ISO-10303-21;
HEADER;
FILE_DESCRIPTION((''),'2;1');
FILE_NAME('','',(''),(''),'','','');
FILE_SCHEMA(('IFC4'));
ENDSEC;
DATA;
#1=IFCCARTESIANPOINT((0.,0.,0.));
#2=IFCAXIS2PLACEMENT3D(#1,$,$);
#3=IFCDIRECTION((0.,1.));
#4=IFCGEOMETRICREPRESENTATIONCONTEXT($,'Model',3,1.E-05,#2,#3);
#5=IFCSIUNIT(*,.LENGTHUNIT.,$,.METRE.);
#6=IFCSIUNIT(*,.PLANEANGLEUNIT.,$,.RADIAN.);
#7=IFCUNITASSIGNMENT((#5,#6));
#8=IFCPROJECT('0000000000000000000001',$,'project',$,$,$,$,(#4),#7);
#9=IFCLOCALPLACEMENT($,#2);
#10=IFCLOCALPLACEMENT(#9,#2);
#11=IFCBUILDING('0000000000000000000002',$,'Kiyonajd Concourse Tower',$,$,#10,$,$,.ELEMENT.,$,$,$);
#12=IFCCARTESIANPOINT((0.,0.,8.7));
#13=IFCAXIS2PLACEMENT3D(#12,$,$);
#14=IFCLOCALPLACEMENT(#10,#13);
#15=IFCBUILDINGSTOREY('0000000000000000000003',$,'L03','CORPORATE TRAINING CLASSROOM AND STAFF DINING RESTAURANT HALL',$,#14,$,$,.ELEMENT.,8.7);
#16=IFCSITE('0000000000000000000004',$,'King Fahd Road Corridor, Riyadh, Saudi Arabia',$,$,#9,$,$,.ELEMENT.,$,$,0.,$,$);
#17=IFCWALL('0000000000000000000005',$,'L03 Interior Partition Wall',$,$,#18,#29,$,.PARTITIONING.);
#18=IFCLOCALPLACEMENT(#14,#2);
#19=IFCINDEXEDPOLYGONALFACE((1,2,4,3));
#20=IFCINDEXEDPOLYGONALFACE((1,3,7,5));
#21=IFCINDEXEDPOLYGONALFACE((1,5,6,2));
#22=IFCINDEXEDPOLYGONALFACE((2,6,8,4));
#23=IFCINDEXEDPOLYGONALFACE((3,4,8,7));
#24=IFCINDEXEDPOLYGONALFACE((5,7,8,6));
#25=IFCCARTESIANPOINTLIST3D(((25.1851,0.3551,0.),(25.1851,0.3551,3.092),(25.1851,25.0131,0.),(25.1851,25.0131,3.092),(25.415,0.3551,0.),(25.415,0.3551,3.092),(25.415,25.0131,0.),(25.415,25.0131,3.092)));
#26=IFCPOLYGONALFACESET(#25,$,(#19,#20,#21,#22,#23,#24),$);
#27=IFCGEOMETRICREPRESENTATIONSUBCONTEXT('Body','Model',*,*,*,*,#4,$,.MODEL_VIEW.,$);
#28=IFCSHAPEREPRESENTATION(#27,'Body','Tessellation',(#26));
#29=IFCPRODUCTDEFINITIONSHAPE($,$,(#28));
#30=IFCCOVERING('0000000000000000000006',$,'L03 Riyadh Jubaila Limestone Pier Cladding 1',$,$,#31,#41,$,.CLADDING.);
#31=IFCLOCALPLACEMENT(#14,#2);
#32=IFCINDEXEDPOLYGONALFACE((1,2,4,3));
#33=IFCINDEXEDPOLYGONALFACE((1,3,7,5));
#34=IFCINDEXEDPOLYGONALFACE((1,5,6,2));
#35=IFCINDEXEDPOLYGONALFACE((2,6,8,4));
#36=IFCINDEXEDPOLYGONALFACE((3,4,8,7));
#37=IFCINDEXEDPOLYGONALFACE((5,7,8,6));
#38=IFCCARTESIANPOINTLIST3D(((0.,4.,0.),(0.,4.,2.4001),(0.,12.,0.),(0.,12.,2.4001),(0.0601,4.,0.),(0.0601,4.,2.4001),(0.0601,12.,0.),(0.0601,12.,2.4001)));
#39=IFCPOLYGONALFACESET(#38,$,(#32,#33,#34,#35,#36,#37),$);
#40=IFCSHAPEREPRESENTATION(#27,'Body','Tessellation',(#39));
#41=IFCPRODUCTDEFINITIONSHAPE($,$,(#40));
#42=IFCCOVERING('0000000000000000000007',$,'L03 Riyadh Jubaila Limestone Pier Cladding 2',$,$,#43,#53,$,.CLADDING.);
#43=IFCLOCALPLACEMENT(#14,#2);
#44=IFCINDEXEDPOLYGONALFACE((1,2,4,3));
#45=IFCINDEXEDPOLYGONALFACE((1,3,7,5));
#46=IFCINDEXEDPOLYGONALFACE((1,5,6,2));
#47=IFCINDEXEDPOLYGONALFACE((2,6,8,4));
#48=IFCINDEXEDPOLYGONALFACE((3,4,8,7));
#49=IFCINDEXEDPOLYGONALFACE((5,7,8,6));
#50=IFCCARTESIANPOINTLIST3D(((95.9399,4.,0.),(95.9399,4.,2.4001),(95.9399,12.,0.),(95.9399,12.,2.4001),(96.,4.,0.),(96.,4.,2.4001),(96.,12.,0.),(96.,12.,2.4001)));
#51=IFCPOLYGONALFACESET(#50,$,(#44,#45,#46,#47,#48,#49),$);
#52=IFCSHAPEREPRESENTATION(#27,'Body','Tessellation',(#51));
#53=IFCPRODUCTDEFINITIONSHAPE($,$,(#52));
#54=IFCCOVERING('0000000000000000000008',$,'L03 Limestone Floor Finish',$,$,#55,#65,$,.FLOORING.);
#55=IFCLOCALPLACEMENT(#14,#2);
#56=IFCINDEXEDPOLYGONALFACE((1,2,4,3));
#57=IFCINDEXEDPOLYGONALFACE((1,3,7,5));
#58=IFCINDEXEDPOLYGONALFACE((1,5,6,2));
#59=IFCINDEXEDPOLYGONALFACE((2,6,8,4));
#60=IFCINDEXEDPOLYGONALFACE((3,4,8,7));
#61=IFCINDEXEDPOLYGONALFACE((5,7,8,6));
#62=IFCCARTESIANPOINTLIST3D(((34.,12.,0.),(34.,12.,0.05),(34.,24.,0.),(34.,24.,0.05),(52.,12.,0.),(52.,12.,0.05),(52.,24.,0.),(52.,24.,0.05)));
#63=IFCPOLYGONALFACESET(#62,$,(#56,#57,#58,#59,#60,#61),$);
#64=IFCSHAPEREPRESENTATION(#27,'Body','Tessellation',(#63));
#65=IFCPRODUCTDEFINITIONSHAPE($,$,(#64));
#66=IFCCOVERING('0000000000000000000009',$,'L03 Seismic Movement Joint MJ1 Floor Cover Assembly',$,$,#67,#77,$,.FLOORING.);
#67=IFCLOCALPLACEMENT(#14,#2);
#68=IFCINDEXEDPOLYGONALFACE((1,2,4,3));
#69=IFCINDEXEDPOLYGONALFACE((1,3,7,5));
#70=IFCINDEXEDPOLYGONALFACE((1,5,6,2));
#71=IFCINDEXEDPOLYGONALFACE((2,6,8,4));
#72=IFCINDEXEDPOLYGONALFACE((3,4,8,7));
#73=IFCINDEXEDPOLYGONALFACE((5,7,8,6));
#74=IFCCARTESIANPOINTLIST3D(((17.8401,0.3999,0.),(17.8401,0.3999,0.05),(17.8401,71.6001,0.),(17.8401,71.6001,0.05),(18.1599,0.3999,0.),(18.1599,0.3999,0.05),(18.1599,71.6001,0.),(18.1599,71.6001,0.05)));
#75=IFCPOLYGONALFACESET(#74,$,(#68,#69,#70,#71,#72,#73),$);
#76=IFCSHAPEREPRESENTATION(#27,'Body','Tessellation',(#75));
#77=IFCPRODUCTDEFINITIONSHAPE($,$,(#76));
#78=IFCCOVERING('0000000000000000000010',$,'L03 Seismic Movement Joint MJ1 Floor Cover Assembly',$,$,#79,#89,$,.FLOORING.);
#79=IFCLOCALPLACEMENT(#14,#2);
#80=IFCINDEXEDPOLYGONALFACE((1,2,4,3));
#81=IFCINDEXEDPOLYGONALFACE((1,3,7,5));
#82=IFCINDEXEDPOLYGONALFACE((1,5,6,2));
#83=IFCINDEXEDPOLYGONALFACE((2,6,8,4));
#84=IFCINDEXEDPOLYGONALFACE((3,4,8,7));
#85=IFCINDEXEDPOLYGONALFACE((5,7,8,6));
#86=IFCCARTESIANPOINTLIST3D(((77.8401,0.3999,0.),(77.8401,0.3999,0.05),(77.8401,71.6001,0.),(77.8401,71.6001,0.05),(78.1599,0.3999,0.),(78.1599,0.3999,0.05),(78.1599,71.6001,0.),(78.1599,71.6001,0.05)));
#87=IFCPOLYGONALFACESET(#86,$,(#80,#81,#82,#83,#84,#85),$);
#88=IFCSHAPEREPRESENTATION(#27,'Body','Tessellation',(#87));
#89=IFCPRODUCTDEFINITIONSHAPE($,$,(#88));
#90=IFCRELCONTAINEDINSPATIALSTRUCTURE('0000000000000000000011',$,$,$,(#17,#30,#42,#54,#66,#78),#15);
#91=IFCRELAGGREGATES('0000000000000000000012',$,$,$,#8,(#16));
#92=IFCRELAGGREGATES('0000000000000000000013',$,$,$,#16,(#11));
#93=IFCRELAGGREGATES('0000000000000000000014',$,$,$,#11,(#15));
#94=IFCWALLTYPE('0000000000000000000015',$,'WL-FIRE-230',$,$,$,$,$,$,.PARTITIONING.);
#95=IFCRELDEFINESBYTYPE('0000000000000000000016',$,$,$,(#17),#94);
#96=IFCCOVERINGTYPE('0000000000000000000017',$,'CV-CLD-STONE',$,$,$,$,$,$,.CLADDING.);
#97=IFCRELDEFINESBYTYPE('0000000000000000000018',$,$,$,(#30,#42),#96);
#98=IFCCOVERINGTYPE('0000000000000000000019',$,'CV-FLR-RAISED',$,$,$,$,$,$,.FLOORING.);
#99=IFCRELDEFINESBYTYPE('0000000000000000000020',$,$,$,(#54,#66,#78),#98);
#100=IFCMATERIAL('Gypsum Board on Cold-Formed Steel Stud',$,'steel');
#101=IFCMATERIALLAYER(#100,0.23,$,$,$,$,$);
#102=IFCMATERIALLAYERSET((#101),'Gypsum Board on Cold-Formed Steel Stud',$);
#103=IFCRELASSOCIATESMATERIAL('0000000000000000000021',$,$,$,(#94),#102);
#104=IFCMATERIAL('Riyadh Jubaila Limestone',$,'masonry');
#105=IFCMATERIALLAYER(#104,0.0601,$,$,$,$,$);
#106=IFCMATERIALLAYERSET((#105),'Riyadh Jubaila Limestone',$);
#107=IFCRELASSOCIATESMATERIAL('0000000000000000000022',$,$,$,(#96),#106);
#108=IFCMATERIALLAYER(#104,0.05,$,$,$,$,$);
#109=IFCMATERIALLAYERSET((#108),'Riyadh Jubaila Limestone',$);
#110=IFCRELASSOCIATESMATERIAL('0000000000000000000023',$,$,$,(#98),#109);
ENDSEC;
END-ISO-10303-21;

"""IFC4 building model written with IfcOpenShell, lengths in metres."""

from ifc_helpers import new_model, si_unit, direction, frame, frame_2d, origin, place, context, subcontext, project, spatial, polyline, rectangle, outline, extrude, material, layer, layer_set, type_object, element, save


model = new_model("IFC4")

# Units and contexts
model_context = context("Model", 3, precision=1e-05, world=origin(), true_north=direction((0.0, 1.0)))
body_context = subcontext(model_context, "Body", "Model", "MODEL_VIEW")
ifc_project = project(units=[si_unit("LENGTHUNIT", "METRE"), si_unit("PLANEANGLEUNIT", "RADIAN")], contexts=[model_context])

# Site, building, storey
site_placement = place(None, origin())
site = spatial("IfcSite", under=ifc_project, at=site_placement, Name="King Fahd Road Corridor, Riyadh, Saudi Arabia", CompositionType="ELEMENT", RefElevation=0.0)
building_placement = place(site_placement, origin())
building = spatial("IfcBuilding", under=site, at=building_placement, Name="Kiyonajd Concourse Tower", CompositionType="ELEMENT")
storey_placement = place(building_placement, frame((0.0, 0.0, 8.7)))
storey = spatial("IfcBuildingStorey", under=building, at=storey_placement, Name="L03", Description="CORPORATE TRAINING CLASSROOM AND STAFF DINING RESTAURANT HALL", CompositionType="ELEMENT", Elevation=8.7)

# Wall
ifc_material_1 = material(Name="Gypsum Board on Cold-Formed Steel Stud", Category="steel")
ifc_layer_1 = layer(ifc_material_1, 0.23)
ifc_layer_set_1 = layer_set([ifc_layer_1], Name="Gypsum Board on Cold-Formed Steel Stud")
wall_type_1 = type_object("IfcWallType", Name="WL-FIRE-230", PredefinedType="PARTITIONING", material=ifc_layer_set_1)
wall_1_placement = place(storey_placement, frame((25.3, 0.355, 0.0), z_axis=(0.0, 0.0, 1.0), x_axis=(0.0, 1.0, 0.0)))
element("IfcWall", 1, at=wall_1_placement, inside=storey, type_object=wall_type_1, Name="L03 Interior Partition Wall", PredefinedType="PARTITIONING", context=body_context, shape_type="SweptSolid", body=[
    extrude(rectangle(XDim=24.658, YDim=0.23, at=frame_2d((12.3291, 0.0))), origin(), (0.0, 0.0, 1.0), 3.092),
])

# Coverings
ifc_material_2 = material(Name="Riyadh Jubaila Limestone", Category="masonry")
ifc_layer_2 = layer(ifc_material_2, 0.0601)
ifc_layer_set_2 = layer_set([ifc_layer_2], Name="Riyadh Jubaila Limestone")
covering_type_1 = type_object("IfcCoveringType", Name="CV-CLD-STONE", PredefinedType="CLADDING", material=ifc_layer_set_2)
covering_1_placement = place(storey_placement, origin())
element("IfcCovering", 2, at=covering_1_placement, inside=storey, type_object=covering_type_1, Name="L03 Riyadh Jubaila Limestone Pier Cladding 1", PredefinedType="CLADDING", context=body_context, shape_type="SweptSolid", body=[
    extrude(outline(polyline([(0.0, 4.0), (0.0601, 4.0), (0.0601, 12.0), (0.0, 12.0), (0.0, 4.0)])), origin(), (0.0, 0.0, 1.0), 2.4001),
])
covering_2_placement = place(storey_placement, origin())
element("IfcCovering", 3, at=covering_2_placement, inside=storey, type_object=covering_type_1, Name="L03 Riyadh Jubaila Limestone Pier Cladding 2", PredefinedType="CLADDING", context=body_context, shape_type="SweptSolid", body=[
    extrude(outline(polyline([(95.9399, 4.0), (96.0, 4.0), (96.0, 12.0), (95.9399, 12.0), (95.9399, 4.0)])), origin(), (0.0, 0.0, 1.0), 2.4001),
])
ifc_layer_3 = layer(ifc_material_2, 0.05)
ifc_layer_set_3 = layer_set([ifc_layer_3], Name="Riyadh Jubaila Limestone")
covering_type_2 = type_object("IfcCoveringType", Name="CV-FLR-RAISED", PredefinedType="FLOORING", material=ifc_layer_set_3)
covering_3_placement = place(storey_placement, origin())
element("IfcCovering", 4, at=covering_3_placement, inside=storey, type_object=covering_type_2, Name="L03 Limestone Floor Finish", PredefinedType="FLOORING", context=body_context, shape_type="SweptSolid", body=[
    extrude(outline(polyline([(34.0, 12.0), (52.0, 12.0), (52.0, 24.0), (34.0, 24.0), (34.0, 12.0)])), origin(), (0.0, 0.0, 1.0), 0.05),
])
covering_4_placement = place(storey_placement, origin())
element("IfcCovering", 5, at=covering_4_placement, inside=storey, type_object=covering_type_2, Name="L03 Seismic Movement Joint MJ1 Floor Cover Assembly", PredefinedType="FLOORING", context=body_context, shape_type="SweptSolid", body=[
    extrude(outline(polyline([(17.8401, 0.3999), (18.1599, 0.3999), (18.1599, 71.6001), (17.8401, 71.6001), (17.8401, 0.3999)])), origin(), (0.0, 0.0, 1.0), 0.05),
])
covering_5_placement = place(storey_placement, origin())
element("IfcCovering", 6, at=covering_5_placement, inside=storey, type_object=covering_type_2, Name="L03 Seismic Movement Joint MJ1 Floor Cover Assembly", PredefinedType="FLOORING", context=body_context, shape_type="SweptSolid", body=[
    extrude(outline(polyline([(77.8401, 0.3999), (78.1599, 0.3999), (78.1599, 71.6001), (77.8401, 71.6001), (77.8401, 0.3999)])), origin(), (0.0, 0.0, 1.0), 0.05),
])

save(model, "model.ifc")
